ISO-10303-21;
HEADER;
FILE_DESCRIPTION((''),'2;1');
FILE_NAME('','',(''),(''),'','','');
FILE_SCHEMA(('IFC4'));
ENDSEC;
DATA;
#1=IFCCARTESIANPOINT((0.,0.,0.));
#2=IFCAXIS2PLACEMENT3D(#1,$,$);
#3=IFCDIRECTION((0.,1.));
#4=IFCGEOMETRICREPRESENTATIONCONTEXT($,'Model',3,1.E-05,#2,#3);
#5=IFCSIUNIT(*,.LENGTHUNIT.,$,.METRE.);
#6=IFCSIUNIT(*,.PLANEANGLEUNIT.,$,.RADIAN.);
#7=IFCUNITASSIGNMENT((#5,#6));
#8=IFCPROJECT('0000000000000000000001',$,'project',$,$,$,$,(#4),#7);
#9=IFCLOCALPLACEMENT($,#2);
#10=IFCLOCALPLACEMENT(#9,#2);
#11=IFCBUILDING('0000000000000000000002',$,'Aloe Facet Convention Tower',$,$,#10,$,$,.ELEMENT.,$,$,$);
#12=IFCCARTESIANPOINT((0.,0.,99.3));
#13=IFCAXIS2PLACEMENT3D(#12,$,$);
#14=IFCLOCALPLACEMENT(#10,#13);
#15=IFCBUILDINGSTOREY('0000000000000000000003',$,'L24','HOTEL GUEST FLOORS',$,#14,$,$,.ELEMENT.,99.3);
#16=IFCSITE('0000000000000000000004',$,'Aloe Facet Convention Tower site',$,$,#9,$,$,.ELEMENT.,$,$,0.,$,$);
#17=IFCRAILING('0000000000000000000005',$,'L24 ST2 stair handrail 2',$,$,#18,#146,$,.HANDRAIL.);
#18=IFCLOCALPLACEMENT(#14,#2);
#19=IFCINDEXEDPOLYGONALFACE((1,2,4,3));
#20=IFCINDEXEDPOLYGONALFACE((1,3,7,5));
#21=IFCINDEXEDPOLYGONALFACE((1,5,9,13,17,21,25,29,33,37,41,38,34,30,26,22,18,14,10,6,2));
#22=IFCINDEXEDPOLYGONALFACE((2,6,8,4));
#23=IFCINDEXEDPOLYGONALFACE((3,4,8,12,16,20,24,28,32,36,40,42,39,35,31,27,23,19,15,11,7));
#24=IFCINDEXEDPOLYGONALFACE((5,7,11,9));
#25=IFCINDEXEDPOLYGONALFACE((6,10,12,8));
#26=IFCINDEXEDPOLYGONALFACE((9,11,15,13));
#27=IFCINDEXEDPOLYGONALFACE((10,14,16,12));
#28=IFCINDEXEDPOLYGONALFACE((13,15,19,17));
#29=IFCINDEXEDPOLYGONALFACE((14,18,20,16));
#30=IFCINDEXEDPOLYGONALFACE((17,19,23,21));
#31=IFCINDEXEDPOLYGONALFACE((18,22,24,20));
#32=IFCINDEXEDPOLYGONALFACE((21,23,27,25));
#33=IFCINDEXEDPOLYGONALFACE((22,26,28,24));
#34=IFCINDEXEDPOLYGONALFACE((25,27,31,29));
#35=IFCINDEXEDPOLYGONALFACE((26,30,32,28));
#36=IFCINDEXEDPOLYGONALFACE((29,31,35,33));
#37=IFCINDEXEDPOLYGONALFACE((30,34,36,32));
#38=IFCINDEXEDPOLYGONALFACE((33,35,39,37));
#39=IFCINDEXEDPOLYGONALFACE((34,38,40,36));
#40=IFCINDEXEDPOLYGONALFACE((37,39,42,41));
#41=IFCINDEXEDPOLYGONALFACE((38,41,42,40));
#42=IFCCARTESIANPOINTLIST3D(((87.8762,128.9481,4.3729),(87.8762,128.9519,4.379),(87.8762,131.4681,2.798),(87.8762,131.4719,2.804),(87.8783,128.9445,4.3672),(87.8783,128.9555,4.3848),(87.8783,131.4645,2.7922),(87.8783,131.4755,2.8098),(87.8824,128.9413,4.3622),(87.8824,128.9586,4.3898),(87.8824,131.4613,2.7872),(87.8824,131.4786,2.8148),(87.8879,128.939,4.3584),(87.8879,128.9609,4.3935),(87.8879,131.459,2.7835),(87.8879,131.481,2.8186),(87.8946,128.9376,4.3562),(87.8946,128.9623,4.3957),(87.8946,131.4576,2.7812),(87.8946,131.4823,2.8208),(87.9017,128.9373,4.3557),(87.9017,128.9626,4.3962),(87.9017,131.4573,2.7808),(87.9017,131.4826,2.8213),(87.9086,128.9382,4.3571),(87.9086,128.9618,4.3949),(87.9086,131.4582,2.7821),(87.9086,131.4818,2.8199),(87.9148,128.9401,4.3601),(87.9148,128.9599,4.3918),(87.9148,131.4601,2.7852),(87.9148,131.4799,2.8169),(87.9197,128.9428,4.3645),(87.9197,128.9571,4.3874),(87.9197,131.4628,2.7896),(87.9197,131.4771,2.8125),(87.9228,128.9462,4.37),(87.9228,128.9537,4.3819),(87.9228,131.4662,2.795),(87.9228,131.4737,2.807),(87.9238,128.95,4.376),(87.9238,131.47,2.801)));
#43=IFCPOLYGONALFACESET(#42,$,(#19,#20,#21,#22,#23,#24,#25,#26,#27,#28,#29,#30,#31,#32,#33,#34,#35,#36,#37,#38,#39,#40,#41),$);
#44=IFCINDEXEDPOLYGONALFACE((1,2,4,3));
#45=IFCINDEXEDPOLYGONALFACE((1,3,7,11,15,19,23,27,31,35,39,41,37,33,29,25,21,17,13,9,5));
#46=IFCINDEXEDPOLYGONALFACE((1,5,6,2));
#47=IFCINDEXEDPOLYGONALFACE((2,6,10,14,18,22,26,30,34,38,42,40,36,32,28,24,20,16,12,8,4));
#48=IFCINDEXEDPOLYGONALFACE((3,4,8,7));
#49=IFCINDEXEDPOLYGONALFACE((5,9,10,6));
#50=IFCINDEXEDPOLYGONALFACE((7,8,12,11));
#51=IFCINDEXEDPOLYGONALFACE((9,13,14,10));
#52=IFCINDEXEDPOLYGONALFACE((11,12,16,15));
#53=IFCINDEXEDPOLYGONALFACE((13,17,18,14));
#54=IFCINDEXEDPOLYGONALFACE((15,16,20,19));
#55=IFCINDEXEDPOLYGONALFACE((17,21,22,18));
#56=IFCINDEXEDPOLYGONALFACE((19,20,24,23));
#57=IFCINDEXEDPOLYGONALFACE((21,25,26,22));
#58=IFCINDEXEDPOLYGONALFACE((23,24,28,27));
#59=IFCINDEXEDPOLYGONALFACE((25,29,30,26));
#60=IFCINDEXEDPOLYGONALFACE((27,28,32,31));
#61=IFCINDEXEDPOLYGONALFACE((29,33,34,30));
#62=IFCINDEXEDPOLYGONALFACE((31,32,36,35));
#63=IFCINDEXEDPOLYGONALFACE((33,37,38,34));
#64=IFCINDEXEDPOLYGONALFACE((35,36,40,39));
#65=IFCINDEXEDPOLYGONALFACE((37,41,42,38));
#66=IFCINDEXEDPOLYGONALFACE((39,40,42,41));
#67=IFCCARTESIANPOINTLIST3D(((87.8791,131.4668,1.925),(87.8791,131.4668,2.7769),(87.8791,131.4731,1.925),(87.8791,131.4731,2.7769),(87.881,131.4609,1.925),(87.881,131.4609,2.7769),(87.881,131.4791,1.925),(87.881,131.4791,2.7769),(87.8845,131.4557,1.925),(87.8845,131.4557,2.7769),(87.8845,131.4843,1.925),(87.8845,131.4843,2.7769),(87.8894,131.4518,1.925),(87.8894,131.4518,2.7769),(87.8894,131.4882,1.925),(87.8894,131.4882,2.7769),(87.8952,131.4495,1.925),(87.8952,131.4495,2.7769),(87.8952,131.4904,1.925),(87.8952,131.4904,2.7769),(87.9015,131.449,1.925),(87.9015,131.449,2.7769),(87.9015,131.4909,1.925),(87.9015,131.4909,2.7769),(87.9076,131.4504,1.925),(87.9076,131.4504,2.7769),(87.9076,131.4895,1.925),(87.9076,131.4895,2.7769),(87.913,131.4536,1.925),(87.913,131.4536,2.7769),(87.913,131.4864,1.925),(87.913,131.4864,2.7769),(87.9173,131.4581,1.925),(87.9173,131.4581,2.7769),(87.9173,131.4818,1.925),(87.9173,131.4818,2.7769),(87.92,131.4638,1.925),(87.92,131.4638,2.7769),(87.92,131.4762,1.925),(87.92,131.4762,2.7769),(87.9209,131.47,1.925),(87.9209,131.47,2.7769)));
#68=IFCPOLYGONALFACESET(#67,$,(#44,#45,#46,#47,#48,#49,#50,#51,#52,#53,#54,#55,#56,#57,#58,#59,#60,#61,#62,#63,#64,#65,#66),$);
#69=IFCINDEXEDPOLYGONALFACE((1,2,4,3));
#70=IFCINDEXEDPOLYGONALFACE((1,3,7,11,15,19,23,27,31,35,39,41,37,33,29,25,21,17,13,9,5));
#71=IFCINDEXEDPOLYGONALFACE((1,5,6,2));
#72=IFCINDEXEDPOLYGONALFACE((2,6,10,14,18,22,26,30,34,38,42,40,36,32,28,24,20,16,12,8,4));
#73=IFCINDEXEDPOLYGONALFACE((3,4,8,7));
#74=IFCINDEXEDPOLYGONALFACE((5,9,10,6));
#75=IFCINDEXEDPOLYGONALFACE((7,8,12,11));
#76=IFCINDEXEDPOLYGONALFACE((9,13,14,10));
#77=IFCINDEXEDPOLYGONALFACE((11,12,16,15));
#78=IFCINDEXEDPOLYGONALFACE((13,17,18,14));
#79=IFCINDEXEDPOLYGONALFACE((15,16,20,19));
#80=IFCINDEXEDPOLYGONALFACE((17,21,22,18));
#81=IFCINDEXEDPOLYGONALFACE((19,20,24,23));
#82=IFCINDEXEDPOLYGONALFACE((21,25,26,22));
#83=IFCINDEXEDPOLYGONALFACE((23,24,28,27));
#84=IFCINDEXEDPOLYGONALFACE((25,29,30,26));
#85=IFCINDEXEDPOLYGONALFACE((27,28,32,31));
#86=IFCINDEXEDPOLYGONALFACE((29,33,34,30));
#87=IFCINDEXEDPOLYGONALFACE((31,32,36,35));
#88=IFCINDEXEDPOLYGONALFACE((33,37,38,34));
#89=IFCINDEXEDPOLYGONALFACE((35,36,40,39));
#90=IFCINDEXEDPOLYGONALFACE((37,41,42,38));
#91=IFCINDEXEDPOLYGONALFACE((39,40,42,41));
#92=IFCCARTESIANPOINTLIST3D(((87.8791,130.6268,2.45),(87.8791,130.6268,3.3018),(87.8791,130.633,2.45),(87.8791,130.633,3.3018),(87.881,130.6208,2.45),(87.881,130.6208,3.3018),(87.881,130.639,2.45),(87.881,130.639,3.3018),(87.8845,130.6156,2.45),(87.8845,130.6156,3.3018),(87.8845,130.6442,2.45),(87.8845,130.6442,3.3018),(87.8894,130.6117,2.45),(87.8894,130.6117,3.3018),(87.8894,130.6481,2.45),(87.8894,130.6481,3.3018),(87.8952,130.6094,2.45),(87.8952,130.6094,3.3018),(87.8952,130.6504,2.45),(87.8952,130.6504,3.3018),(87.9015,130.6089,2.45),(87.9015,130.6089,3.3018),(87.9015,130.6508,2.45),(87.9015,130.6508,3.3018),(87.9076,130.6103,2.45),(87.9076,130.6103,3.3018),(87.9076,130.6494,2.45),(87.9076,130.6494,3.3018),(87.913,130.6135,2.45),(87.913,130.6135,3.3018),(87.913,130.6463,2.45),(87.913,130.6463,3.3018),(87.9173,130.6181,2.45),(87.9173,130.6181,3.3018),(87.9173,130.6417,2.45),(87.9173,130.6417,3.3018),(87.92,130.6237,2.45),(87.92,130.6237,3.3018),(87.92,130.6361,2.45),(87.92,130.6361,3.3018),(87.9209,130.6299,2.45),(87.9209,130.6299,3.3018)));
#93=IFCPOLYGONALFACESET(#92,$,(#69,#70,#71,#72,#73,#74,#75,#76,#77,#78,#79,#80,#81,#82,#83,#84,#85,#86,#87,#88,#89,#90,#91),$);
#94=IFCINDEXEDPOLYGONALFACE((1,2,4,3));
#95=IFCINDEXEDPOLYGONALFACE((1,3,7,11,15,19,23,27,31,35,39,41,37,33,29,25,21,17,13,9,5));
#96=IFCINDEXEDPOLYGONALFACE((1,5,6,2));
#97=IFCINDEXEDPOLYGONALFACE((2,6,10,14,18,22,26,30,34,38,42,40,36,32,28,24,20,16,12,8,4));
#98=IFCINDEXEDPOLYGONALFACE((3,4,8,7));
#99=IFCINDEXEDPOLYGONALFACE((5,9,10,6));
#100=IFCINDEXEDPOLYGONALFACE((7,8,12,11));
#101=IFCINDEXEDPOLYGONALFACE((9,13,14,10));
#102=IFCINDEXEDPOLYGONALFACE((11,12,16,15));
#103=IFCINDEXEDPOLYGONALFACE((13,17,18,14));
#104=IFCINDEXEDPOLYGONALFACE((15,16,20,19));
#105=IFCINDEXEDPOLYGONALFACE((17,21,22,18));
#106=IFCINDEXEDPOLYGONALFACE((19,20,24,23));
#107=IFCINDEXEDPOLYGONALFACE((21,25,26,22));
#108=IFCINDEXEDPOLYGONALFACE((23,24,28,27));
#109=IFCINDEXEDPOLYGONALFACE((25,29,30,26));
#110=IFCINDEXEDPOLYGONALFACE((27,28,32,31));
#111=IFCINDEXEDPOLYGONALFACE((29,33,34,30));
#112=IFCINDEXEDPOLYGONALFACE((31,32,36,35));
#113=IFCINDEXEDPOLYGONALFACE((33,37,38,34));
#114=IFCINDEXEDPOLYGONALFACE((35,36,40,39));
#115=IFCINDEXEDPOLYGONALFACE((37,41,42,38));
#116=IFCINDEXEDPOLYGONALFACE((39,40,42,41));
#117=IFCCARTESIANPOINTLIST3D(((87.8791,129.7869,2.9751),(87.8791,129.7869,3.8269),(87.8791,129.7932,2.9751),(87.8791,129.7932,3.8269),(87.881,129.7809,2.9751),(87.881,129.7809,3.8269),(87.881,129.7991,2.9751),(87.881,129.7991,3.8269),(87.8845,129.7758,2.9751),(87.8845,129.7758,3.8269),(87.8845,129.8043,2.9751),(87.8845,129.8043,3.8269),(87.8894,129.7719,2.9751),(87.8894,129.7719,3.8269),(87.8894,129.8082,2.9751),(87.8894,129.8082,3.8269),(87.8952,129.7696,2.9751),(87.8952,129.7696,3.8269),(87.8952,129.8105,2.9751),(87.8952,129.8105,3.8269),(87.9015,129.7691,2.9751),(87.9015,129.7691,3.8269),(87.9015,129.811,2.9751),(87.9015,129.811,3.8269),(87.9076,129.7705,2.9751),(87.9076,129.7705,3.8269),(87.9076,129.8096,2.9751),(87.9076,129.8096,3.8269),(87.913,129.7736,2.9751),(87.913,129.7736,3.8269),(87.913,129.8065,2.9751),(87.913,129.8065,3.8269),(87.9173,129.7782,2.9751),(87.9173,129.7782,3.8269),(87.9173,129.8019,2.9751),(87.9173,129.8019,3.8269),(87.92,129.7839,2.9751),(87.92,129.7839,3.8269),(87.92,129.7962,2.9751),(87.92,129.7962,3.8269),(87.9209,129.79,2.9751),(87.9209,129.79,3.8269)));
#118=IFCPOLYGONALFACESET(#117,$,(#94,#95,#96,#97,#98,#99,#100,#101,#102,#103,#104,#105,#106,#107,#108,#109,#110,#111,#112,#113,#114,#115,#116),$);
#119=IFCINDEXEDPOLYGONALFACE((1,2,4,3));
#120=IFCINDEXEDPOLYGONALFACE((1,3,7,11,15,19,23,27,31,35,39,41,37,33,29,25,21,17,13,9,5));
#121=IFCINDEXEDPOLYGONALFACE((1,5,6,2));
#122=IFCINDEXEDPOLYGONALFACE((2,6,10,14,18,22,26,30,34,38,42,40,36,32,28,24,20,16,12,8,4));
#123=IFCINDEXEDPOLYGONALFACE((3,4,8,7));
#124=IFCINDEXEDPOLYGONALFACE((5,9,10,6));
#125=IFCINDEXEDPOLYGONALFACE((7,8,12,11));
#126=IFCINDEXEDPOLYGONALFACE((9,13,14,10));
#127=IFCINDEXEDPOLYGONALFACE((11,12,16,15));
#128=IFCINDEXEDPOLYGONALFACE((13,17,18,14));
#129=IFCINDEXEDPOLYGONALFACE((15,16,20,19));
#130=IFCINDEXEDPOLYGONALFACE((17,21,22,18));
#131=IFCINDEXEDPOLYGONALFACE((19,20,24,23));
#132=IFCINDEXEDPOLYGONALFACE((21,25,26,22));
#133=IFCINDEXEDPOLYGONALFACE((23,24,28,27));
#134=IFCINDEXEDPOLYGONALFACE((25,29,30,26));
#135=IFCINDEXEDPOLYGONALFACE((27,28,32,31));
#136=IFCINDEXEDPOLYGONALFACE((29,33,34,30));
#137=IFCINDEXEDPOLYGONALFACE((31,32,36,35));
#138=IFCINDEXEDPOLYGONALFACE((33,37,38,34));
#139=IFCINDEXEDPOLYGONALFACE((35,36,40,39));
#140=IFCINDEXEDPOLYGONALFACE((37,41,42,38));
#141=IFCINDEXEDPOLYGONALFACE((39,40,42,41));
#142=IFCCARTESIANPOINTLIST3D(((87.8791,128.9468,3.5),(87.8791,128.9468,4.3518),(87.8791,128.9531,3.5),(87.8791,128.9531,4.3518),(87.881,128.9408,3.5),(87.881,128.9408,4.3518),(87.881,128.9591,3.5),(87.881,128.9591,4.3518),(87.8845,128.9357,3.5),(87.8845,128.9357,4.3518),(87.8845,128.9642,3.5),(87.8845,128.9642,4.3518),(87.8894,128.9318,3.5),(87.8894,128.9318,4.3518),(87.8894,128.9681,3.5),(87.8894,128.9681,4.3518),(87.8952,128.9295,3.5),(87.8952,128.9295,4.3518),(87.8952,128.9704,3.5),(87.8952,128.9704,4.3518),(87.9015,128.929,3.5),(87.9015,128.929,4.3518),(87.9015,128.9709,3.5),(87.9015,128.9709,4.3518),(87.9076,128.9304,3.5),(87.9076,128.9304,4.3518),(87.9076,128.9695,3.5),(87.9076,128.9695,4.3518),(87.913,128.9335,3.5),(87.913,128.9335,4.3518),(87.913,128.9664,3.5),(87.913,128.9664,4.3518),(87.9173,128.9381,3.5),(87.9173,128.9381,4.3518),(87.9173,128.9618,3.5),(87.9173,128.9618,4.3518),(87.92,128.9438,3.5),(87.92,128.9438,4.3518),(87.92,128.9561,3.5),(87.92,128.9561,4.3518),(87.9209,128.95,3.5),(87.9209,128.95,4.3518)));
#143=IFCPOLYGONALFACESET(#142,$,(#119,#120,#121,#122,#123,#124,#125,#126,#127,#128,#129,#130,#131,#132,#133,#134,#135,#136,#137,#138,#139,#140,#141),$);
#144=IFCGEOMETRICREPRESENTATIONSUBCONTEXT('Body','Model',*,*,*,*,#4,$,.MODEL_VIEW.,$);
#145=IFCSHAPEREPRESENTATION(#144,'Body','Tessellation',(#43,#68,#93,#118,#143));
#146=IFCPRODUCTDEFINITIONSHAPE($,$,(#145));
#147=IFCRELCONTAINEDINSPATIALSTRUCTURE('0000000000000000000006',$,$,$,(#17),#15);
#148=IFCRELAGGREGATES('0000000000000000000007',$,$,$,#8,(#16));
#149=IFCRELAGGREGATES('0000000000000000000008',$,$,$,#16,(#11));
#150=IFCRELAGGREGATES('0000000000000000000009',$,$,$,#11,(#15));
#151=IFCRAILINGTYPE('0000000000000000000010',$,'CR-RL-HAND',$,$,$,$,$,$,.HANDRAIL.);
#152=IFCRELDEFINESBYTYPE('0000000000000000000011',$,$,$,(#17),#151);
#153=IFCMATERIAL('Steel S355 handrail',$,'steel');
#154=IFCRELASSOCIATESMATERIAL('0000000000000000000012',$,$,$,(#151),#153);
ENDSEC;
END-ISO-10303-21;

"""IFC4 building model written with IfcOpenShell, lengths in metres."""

from ifc_helpers import new_model, si_unit, direction, frame, origin, origin_2d, place, context, subcontext, project, spatial, circle, extrude, material, type_object, element, save


model = new_model("IFC4")

# Units and contexts
model_context = context("Model", 3, precision=1e-05, world=origin(), true_north=direction((0.0, 1.0)))
body_context = subcontext(model_context, "Body", "Model", "MODEL_VIEW")
ifc_project = project(units=[si_unit("LENGTHUNIT", "METRE"), si_unit("PLANEANGLEUNIT", "RADIAN")], contexts=[model_context])

# Site, building, storey
site_placement = place(None, origin())
site = spatial("IfcSite", under=ifc_project, at=site_placement, Name="Aloe Facet Convention Tower site", CompositionType="ELEMENT", RefElevation=0.0)
building_placement = place(site_placement, origin())
building = spatial("IfcBuilding", under=site, at=building_placement, Name="Aloe Facet Convention Tower", CompositionType="ELEMENT")
storey_placement = place(building_placement, frame((0.0, 0.0, 99.3)))
storey = spatial("IfcBuildingStorey", under=building, at=storey_placement, Name="L24", Description="HOTEL GUEST FLOORS", CompositionType="ELEMENT", Elevation=99.3)

# Railing
ifc_material_1 = material(Name="Steel S355 handrail", Category="steel")
railing_type = type_object("IfcRailingType", Name="CR-RL-HAND", PredefinedType="HANDRAIL", material=ifc_material_1)
railing_1_placement = place(storey_placement, frame((87.8999, 131.47, 1.925)))
element("IfcRailing", 1, at=railing_1_placement, inside=storey, type_object=railing_type, Name="L24 ST2 stair handrail 2", PredefinedType="HANDRAIL", context=body_context, shape_type="SweptSolid", body=[
    extrude(circle(Radius=0.0239, at=origin_2d()), frame((0.0, 0.0, 0.876), z_axis=(0.0, -0.848008, 0.529984), x_axis=(1.0, 0.0, 0.0)), (0.0, 0.0, 1.0), 2.9717),
    extrude(circle(Radius=0.021, at=origin_2d()), origin(), (0.0, 0.0, 1.0), 0.8518),
    extrude(circle(Radius=0.021, at=origin_2d()), frame((0.0, -0.8401, 0.5249)), (0.0, 0.0, 1.0), 0.8518),
    extrude(circle(Radius=0.021, at=origin_2d()), frame((0.0, -1.6799, 1.05)), (0.0, 0.0, 1.0), 0.8518),
    extrude(circle(Radius=0.021, at=origin_2d()), frame((0.0, -2.52, 1.575)), (0.0, 0.0, 1.0), 0.8518),
])

save(model, "model.ifc")
